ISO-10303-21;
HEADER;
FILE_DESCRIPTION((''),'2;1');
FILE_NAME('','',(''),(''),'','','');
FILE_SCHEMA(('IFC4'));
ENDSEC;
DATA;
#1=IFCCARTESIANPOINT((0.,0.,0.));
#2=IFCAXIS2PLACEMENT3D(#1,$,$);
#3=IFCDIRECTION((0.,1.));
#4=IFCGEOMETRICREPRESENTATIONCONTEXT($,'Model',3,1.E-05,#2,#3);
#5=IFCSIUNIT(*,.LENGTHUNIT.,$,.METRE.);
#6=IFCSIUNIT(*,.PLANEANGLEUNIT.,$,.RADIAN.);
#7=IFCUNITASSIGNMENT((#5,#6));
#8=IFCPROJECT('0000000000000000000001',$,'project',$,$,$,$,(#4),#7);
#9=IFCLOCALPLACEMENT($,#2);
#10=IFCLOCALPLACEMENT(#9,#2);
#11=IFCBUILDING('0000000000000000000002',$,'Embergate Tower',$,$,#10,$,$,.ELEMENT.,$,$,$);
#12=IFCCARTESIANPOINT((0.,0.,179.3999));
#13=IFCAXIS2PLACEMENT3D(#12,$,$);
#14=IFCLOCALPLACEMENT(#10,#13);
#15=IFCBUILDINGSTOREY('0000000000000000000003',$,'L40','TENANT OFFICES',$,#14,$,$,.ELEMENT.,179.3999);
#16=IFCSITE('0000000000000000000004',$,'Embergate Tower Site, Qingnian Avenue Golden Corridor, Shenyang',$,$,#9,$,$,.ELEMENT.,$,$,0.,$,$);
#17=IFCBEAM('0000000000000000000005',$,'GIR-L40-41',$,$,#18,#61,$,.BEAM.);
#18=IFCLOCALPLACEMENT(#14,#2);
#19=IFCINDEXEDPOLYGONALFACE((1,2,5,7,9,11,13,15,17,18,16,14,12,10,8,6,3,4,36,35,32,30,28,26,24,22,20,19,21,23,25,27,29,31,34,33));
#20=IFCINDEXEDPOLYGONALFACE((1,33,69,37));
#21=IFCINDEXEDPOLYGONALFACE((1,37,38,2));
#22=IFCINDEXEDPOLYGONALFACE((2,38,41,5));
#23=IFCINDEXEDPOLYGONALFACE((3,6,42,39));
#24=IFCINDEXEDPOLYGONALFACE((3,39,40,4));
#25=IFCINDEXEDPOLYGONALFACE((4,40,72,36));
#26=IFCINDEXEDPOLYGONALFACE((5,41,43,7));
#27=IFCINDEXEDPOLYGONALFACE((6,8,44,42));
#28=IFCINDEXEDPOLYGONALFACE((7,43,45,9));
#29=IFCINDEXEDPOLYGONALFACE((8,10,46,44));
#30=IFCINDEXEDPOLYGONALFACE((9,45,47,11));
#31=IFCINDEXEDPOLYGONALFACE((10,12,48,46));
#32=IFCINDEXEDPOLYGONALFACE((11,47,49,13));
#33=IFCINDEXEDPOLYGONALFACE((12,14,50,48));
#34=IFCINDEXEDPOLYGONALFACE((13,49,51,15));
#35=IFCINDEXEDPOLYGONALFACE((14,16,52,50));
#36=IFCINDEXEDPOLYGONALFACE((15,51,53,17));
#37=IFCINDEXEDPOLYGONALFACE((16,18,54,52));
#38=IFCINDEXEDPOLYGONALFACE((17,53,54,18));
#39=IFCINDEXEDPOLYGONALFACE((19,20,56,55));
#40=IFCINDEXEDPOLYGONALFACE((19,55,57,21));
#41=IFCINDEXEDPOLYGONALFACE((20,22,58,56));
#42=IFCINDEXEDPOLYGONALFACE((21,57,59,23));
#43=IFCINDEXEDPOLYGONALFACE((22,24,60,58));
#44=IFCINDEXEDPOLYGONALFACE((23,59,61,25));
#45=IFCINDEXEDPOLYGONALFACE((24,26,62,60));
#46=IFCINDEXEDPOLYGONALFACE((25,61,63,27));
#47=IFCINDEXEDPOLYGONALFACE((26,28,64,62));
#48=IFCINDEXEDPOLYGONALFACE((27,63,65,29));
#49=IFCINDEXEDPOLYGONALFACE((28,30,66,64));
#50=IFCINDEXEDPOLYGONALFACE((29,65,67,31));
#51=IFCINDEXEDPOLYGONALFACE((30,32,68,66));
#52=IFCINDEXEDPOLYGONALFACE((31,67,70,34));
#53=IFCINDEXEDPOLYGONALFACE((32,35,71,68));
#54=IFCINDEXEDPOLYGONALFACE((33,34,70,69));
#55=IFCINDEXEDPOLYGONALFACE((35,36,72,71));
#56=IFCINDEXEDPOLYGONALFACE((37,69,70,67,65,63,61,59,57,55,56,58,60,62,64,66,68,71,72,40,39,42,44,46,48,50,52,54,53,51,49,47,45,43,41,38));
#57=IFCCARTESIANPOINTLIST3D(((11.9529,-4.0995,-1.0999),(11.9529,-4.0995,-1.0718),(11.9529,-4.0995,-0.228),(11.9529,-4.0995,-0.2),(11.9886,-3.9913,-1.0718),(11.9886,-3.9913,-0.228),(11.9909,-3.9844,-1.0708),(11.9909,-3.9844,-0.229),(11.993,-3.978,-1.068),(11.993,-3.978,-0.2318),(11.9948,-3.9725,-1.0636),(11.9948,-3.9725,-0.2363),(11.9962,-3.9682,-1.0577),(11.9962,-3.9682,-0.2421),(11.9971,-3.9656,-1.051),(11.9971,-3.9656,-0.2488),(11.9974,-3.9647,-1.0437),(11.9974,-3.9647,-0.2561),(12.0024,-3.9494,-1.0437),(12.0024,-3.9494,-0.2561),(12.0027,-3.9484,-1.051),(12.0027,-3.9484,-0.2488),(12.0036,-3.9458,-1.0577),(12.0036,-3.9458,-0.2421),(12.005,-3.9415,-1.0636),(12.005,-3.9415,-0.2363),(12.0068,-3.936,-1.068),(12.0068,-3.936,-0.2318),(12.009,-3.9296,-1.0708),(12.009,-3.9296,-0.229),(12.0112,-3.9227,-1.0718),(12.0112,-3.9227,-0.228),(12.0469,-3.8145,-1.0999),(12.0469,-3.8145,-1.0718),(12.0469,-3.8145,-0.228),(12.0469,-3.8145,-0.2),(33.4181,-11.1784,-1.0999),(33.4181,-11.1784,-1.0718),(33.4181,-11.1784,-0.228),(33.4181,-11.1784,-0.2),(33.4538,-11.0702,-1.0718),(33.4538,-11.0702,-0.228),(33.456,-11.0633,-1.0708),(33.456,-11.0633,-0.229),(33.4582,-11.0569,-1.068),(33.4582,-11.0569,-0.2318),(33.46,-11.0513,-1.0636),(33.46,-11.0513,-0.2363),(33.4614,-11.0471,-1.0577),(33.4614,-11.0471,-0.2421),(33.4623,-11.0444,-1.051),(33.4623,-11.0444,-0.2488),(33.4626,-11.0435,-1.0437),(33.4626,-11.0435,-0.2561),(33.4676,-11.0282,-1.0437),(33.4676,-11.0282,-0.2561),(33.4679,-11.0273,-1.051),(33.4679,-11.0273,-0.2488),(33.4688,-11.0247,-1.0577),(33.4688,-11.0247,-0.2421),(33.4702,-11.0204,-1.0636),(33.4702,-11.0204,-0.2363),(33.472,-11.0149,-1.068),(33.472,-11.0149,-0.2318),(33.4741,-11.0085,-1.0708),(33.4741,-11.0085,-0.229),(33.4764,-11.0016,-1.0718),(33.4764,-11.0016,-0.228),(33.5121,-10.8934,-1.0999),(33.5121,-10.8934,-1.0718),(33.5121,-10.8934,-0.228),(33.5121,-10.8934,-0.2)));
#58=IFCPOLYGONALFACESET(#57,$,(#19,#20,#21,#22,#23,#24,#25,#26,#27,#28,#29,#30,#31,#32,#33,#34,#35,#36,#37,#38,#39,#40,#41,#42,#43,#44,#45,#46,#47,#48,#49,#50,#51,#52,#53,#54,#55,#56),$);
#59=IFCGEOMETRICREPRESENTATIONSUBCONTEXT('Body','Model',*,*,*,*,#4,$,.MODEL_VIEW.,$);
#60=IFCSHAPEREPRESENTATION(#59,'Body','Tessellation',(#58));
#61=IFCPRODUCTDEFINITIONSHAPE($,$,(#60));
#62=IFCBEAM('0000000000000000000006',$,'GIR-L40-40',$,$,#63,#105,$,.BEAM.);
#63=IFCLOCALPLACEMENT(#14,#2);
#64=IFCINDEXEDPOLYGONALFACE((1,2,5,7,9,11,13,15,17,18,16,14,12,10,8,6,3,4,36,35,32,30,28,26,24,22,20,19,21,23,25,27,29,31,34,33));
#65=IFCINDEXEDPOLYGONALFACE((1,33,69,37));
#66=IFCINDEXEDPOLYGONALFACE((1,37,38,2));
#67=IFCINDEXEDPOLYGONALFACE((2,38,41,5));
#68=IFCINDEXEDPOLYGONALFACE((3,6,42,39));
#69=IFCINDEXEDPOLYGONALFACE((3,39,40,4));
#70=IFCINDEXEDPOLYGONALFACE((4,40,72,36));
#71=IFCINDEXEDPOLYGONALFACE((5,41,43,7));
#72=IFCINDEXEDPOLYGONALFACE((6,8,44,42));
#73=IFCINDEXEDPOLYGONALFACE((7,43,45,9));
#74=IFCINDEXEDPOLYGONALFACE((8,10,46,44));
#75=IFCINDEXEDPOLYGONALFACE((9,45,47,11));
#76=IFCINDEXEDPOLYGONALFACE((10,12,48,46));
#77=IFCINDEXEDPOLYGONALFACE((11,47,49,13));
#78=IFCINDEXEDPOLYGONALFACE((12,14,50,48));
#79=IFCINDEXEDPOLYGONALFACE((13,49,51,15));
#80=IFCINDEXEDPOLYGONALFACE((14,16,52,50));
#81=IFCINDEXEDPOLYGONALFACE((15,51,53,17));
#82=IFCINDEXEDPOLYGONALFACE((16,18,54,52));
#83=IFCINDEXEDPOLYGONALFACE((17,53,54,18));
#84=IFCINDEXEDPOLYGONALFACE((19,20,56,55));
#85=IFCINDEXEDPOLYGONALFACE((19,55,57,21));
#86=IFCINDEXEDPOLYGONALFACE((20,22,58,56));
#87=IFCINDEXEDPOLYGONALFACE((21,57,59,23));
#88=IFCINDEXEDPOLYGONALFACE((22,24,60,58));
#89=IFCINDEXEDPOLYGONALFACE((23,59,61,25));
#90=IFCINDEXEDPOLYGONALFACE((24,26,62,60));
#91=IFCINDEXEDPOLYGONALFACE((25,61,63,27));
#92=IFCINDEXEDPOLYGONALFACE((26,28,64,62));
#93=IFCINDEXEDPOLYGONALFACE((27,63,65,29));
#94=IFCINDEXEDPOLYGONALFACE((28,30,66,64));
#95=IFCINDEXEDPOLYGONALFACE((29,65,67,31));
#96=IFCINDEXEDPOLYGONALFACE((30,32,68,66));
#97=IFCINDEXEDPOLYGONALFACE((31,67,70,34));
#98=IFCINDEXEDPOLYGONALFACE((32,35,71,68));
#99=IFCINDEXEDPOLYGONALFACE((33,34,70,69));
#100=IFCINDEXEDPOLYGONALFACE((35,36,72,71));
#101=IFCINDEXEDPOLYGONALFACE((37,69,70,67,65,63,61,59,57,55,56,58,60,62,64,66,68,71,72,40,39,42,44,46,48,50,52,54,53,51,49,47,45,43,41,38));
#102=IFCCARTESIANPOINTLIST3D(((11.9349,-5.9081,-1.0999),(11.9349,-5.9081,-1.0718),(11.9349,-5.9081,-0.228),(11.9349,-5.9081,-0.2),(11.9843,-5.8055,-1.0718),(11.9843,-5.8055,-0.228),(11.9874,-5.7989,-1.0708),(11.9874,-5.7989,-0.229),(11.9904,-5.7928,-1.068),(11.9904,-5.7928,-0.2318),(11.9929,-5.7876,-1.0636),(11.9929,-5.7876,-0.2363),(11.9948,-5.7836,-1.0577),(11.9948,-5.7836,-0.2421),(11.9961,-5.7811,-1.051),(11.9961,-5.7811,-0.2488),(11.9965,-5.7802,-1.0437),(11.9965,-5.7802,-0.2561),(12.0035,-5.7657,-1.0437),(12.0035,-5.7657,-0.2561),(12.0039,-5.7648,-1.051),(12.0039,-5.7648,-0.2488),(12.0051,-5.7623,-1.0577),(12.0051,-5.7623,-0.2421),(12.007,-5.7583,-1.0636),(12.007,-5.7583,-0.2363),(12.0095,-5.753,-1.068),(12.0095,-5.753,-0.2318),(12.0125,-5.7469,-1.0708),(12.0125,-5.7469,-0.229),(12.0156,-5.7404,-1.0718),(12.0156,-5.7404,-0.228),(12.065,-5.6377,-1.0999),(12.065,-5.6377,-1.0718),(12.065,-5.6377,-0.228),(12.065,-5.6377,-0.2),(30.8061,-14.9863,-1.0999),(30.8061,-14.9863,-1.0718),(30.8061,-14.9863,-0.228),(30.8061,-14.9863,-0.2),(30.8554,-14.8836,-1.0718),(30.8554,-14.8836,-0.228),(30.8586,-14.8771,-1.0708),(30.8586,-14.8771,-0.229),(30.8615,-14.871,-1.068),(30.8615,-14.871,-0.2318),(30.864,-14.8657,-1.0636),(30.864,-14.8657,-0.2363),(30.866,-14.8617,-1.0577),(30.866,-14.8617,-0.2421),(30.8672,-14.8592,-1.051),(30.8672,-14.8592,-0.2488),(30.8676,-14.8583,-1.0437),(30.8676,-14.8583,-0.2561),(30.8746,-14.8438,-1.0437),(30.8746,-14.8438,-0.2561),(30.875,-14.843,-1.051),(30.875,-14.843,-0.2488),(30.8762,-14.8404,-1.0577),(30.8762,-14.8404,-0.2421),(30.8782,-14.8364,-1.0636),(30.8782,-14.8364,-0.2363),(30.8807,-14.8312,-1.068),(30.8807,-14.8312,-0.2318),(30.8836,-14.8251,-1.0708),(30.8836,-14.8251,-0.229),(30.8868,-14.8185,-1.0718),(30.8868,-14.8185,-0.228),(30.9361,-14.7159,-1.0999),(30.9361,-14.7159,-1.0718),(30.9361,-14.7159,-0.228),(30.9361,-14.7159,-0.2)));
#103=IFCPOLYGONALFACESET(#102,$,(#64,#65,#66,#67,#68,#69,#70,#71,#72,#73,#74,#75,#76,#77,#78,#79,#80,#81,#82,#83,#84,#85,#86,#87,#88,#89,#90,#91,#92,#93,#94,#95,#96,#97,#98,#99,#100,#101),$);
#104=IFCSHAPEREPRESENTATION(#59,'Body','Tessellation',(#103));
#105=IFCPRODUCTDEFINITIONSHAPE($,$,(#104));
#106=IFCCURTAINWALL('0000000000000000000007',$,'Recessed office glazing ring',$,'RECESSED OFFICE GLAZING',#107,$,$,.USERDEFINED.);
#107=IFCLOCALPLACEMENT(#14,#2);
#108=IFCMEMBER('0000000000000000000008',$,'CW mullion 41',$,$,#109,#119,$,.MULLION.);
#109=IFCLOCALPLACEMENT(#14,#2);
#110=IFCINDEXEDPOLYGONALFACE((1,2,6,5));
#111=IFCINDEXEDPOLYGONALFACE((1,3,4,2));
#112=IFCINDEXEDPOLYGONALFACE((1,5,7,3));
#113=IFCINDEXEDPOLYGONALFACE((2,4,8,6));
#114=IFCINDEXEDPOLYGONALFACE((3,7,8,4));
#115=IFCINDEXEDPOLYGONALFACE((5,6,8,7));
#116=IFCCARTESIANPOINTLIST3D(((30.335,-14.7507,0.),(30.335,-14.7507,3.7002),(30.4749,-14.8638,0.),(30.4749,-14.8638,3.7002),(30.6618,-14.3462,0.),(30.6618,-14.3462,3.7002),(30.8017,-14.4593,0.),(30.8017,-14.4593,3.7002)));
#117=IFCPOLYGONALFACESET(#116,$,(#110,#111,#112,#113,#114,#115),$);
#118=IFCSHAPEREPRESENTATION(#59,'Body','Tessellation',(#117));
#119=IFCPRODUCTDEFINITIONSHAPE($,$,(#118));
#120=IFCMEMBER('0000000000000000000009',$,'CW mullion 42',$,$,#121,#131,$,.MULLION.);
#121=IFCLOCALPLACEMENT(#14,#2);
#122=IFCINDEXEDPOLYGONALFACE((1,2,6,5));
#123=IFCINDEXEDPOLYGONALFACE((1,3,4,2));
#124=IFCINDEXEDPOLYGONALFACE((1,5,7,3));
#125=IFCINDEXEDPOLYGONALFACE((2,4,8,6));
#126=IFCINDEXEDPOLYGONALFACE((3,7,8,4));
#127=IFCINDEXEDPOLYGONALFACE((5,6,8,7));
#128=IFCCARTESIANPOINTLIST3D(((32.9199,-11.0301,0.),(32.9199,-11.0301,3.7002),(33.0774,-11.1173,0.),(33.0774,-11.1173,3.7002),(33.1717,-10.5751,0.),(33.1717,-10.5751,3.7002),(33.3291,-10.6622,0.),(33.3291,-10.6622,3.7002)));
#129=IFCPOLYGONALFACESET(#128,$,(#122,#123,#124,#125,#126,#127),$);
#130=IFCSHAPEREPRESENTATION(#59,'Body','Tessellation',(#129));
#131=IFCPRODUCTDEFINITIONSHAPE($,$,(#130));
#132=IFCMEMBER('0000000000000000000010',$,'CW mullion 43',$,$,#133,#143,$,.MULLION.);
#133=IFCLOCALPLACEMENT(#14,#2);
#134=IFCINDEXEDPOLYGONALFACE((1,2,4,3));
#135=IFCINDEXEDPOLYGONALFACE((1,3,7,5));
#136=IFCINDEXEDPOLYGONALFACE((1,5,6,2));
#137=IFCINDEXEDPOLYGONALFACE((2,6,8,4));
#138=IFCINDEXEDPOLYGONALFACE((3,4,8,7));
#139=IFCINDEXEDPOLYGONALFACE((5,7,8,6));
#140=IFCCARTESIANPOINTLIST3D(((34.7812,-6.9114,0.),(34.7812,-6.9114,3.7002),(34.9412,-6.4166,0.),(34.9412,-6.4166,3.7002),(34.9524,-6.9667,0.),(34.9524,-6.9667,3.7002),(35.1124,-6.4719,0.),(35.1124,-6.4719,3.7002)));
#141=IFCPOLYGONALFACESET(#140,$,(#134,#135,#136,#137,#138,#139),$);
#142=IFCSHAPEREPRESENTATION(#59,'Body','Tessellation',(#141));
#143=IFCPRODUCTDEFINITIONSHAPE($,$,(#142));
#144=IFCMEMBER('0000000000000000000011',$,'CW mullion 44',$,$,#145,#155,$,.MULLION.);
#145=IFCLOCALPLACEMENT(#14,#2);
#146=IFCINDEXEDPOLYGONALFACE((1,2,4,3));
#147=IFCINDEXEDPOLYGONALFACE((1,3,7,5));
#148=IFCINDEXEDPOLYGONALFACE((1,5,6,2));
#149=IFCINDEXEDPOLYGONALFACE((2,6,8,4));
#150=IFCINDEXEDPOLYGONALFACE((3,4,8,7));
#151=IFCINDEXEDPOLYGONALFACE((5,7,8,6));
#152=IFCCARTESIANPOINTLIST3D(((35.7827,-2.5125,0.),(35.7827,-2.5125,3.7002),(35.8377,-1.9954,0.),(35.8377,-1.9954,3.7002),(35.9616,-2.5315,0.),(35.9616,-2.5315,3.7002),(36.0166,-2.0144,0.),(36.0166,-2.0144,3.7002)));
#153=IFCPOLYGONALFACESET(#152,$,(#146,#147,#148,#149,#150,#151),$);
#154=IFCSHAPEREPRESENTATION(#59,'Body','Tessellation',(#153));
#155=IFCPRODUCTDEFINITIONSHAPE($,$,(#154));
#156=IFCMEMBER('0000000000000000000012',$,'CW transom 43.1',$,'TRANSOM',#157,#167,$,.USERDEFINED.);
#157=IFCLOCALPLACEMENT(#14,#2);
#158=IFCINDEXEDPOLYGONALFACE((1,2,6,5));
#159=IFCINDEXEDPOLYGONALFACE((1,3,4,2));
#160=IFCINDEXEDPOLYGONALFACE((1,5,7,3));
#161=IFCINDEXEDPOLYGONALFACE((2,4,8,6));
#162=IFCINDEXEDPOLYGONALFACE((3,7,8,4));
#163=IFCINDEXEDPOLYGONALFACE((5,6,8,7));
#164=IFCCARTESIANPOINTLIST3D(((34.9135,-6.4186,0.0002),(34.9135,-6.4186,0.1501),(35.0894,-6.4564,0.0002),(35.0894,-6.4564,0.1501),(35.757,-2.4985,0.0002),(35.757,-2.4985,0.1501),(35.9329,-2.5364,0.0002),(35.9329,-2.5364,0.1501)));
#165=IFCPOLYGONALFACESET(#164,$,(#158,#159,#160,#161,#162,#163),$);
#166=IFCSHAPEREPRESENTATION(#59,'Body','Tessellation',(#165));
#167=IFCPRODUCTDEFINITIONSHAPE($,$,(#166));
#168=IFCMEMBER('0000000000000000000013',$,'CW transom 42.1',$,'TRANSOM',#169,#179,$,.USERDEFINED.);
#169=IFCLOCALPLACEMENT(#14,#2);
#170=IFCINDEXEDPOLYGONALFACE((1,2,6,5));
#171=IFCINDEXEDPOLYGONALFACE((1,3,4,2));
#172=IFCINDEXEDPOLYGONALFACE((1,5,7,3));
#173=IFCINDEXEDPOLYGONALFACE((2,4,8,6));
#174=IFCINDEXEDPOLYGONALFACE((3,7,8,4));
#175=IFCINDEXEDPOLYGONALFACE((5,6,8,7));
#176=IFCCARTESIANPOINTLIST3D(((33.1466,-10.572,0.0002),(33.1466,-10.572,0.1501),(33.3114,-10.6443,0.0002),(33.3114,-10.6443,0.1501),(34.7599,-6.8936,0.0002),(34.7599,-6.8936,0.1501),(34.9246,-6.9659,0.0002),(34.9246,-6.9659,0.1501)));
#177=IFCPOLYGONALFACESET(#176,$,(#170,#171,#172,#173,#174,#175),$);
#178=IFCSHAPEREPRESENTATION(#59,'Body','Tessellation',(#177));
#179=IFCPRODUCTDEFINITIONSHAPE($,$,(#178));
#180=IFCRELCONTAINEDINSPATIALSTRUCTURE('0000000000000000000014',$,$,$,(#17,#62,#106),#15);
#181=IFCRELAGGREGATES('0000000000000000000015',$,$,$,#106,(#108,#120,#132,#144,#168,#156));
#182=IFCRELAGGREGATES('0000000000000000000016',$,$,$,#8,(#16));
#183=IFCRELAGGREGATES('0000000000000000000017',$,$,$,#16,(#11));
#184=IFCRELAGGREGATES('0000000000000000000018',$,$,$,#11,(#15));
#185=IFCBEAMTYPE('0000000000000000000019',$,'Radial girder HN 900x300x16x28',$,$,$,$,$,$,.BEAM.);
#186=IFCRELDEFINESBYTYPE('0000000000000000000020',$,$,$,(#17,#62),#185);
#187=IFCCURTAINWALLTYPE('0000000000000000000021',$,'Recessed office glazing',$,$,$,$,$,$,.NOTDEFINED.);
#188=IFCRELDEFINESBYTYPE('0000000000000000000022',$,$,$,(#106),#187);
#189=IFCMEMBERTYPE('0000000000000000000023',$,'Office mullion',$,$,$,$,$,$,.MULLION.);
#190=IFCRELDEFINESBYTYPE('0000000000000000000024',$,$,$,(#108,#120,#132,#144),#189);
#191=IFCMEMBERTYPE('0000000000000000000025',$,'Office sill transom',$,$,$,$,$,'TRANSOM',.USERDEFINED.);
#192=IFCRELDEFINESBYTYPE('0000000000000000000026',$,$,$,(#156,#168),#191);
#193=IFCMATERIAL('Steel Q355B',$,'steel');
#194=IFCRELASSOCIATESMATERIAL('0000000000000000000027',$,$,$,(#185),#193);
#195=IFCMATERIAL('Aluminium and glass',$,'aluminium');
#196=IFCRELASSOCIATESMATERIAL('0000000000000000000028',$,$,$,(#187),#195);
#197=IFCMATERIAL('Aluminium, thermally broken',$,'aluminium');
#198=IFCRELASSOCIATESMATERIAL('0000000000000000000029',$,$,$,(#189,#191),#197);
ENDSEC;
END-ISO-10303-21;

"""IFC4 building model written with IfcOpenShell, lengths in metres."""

from ifc_helpers import new_model, si_unit, direction, frame, origin, origin_2d, place, context, subcontext, project, spatial, rectangle, i_section, extrude, source, transform, mapped, material, material_profile, profile_set, type_object, element, aggregate, save


model = new_model("IFC4")

# Units and contexts
model_context = context("Model", 3, precision=1e-05, world=origin(), true_north=direction((0.0, 1.0)))
body_context = subcontext(model_context, "Body", "Model", "MODEL_VIEW")
ifc_project = project(units=[si_unit("LENGTHUNIT", "METRE"), si_unit("PLANEANGLEUNIT", "RADIAN")], contexts=[model_context])

# Site, building, storey
site_placement = place(None, origin())
site = spatial("IfcSite", under=ifc_project, at=site_placement, Name="Embergate Tower Site, Qingnian Avenue Golden Corridor, Shenyang", CompositionType="ELEMENT", RefElevation=0.0)
building_placement = place(site_placement, origin())
building = spatial("IfcBuilding", under=site, at=building_placement, Name="Embergate Tower", CompositionType="ELEMENT")
storey_placement = place(building_placement, frame((0.0, 0.0, 179.3999)))
storey = spatial("IfcBuildingStorey", under=building, at=storey_placement, Name="L40", Description="TENANT OFFICES", CompositionType="ELEMENT", Elevation=179.3999)

# Beams
ifc_material_1 = material(Name="Steel Q355B", Category="steel")
ifc_material_profile_1 = material_profile(ifc_material_1, i_section(OverallWidth=0.3, OverallDepth=0.8999, WebThickness=0.0161, FlangeThickness=0.0281, FilletRadius=0.0281, at=origin_2d()), Name="HN 900x300x16x28")
ifc_profile_set_1 = profile_set([ifc_material_profile_1], Name="Steel Q355 grade B")
beam_type_1 = type_object("IfcBeamType", Name="Radial girder HN 900x300x16x28", PredefinedType="BEAM", material=ifc_profile_set_1)
shared_shape_1 = source(origin(), body_context, "Body", "SweptSolid", [
    extrude(i_section(OverallWidth=0.3, OverallDepth=0.8999, WebThickness=0.0161, FlangeThickness=0.0281, FilletRadius=0.0281, at=origin_2d()), origin(), (0.0, 0.0, 1.0), 22.6023),
])
beam_1_placement = place(storey_placement, frame((33.4651, -11.0359, -0.6499), z_axis=(-0.949689, 0.313193, 0.0), x_axis=(-0.313193, -0.949689, 0.0)))
element("IfcBeam", 1, at=beam_1_placement, inside=storey, type_object=beam_type_1, Name="GIR-L40-41", PredefinedType="BEAM", context=body_context, shape_type="MappedRepresentation", body=[
    mapped(shared_shape_1, transform((0.0, 0.0, 0.0))),
])
shared_shape_2 = source(origin(), body_context, "Body", "SweptSolid", [
    extrude(i_section(OverallWidth=0.3, OverallDepth=0.8999, WebThickness=0.0161, FlangeThickness=0.0281, FilletRadius=0.0281, at=origin_2d()), origin(), (0.0, 0.0, 1.0), 20.9412),
])
beam_2_placement = place(storey_placement, frame((30.8711, -14.8511, -0.6499), z_axis=(-0.90115, 0.433507, 0.0), x_axis=(-0.433507, -0.90115, 0.0)))
element("IfcBeam", 2, at=beam_2_placement, inside=storey, type_object=beam_type_1, Name="GIR-L40-40", PredefinedType="BEAM", context=body_context, shape_type="MappedRepresentation", body=[
    mapped(shared_shape_2, transform((0.0, 0.0, 0.0))),
])

# Curtain wall, members
ifc_material_2 = material(Name="Aluminium and glass", Category="aluminium")
curtain_wall_type = type_object("IfcCurtainWallType", Name="Recessed office glazing", PredefinedType="NOTDEFINED", material=ifc_material_2)
curtain_wall_placement = place(storey_placement, origin())
curtain_wall = element("IfcCurtainWall", 3, at=curtain_wall_placement, inside=storey, type_object=curtain_wall_type, Name="Recessed office glazing ring", ObjectType="RECESSED OFFICE GLAZING", PredefinedType="USERDEFINED")
ifc_material_3 = material(Name="Aluminium, thermally broken", Category="aluminium")
ifc_material_profile_2 = material_profile(ifc_material_3, rectangle(XDim=0.1799, YDim=0.52, at=origin_2d()), Name="AL 520x180")
ifc_profile_set_2 = profile_set([ifc_material_profile_2], Name="Aluminium, thermally broken")
member_type_1 = type_object("IfcMemberType", Name="Office mullion", PredefinedType="MULLION", material=ifc_profile_set_2)
shared_shape_3 = source(origin(), body_context, "Body", "SweptSolid", [
    extrude(rectangle(XDim=0.1799, YDim=0.52, at=origin_2d()), origin(), (0.0, 0.0, 1.0), 3.7002),
])
member_1_placement = place(storey_placement, frame((30.5684, -14.605, 0.0), z_axis=(0.0, 0.0, 1.0), x_axis=(-0.777867, 0.628429, 0.0)))
member_1 = element("IfcMember", 4, at=member_1_placement, type_object=member_type_1, Name="CW mullion 41", PredefinedType="MULLION", context=body_context, shape_type="MappedRepresentation", body=[
    mapped(shared_shape_3, transform((0.0, 0.0, 0.0))),
])
member_2_placement = place(storey_placement, frame((33.1245, -10.8462, 0.0), z_axis=(0.0, 0.0, 1.0), x_axis=(-0.874999, 0.484126, 0.0)))
member_2 = element("IfcMember", 5, at=member_2_placement, type_object=member_type_1, Name="CW mullion 42", PredefinedType="MULLION", context=body_context, shape_type="MappedRepresentation", body=[
    mapped(shared_shape_3, transform((0.0, 0.0, 0.0))),
])
member_3_placement = place(storey_placement, frame((34.9468, -6.6917, 0.0), z_axis=(0.0, 0.0, 1.0), x_axis=(-0.951496, 0.307661, 0.0)))
member_3 = element("IfcMember", 6, at=member_3_placement, type_object=member_type_1, Name="CW mullion 43", PredefinedType="MULLION", context=body_context, shape_type="MappedRepresentation", body=[
    mapped(shared_shape_3, transform((0.0, 0.0, 0.0))),
])
member_4_placement = place(storey_placement, frame((35.8997, -2.2634, 0.0), z_axis=(0.0, 0.0, 1.0), x_axis=(-0.994385, 0.105825, 0.0)))
member_4 = element("IfcMember", 7, at=member_4_placement, type_object=member_type_1, Name="CW mullion 44", PredefinedType="MULLION", context=body_context, shape_type="MappedRepresentation", body=[
    mapped(shared_shape_3, transform((0.0, 0.0, 0.0))),
])
ifc_material_profile_3 = material_profile(ifc_material_3, rectangle(XDim=0.1799, YDim=0.1499, at=origin_2d()), Name="AL 150x180")
ifc_profile_set_3 = profile_set([ifc_material_profile_3], Name="Aluminium, thermally broken")
member_type_2 = type_object("IfcMemberType", Name="Office sill transom", ElementType="TRANSOM", PredefinedType="USERDEFINED", material=ifc_profile_set_3)
shared_shape_4 = source(origin(), body_context, "Body", "SweptSolid", [
    extrude(rectangle(XDim=0.1799, YDim=0.1499, at=origin_2d()), origin(), (0.0, 0.0, 1.0), 4.0098),
])
member_5_placement = place(storey_placement, frame((35.0015, -6.4375, 0.0752), z_axis=(0.210369, 0.977622, 0.0), x_axis=(-0.977622, 0.210369, 0.0)))
member_5 = element("IfcMember", 8, at=member_5_placement, type_object=member_type_2, Name="CW transom 43.1", ObjectType="TRANSOM", PredefinedType="USERDEFINED", context=body_context, shape_type="MappedRepresentation", body=[
    mapped(shared_shape_4, transform((0.0, 0.0, 0.0))),
])
shared_shape_5 = source(origin(), body_context, "Body", "SweptSolid", [
    extrude(rectangle(XDim=0.1799, YDim=0.1499, at=origin_2d()), origin(), (0.0, 0.0, 1.0), 4.0166),
])
member_6_placement = place(storey_placement, frame((33.229, -10.6082, 0.0752), z_axis=(0.401645, 0.915796, 0.0), x_axis=(-0.915796, 0.401645, 0.0)))
member_6 = element("IfcMember", 9, at=member_6_placement, type_object=member_type_2, Name="CW transom 42.1", ObjectType="TRANSOM", PredefinedType="USERDEFINED", context=body_context, shape_type="MappedRepresentation", body=[
    mapped(shared_shape_5, transform((0.0, 0.0, 0.0))),
])
aggregate(curtain_wall, [member_1, member_2, member_3, member_4, member_6, member_5])

save(model, "model.ifc")
